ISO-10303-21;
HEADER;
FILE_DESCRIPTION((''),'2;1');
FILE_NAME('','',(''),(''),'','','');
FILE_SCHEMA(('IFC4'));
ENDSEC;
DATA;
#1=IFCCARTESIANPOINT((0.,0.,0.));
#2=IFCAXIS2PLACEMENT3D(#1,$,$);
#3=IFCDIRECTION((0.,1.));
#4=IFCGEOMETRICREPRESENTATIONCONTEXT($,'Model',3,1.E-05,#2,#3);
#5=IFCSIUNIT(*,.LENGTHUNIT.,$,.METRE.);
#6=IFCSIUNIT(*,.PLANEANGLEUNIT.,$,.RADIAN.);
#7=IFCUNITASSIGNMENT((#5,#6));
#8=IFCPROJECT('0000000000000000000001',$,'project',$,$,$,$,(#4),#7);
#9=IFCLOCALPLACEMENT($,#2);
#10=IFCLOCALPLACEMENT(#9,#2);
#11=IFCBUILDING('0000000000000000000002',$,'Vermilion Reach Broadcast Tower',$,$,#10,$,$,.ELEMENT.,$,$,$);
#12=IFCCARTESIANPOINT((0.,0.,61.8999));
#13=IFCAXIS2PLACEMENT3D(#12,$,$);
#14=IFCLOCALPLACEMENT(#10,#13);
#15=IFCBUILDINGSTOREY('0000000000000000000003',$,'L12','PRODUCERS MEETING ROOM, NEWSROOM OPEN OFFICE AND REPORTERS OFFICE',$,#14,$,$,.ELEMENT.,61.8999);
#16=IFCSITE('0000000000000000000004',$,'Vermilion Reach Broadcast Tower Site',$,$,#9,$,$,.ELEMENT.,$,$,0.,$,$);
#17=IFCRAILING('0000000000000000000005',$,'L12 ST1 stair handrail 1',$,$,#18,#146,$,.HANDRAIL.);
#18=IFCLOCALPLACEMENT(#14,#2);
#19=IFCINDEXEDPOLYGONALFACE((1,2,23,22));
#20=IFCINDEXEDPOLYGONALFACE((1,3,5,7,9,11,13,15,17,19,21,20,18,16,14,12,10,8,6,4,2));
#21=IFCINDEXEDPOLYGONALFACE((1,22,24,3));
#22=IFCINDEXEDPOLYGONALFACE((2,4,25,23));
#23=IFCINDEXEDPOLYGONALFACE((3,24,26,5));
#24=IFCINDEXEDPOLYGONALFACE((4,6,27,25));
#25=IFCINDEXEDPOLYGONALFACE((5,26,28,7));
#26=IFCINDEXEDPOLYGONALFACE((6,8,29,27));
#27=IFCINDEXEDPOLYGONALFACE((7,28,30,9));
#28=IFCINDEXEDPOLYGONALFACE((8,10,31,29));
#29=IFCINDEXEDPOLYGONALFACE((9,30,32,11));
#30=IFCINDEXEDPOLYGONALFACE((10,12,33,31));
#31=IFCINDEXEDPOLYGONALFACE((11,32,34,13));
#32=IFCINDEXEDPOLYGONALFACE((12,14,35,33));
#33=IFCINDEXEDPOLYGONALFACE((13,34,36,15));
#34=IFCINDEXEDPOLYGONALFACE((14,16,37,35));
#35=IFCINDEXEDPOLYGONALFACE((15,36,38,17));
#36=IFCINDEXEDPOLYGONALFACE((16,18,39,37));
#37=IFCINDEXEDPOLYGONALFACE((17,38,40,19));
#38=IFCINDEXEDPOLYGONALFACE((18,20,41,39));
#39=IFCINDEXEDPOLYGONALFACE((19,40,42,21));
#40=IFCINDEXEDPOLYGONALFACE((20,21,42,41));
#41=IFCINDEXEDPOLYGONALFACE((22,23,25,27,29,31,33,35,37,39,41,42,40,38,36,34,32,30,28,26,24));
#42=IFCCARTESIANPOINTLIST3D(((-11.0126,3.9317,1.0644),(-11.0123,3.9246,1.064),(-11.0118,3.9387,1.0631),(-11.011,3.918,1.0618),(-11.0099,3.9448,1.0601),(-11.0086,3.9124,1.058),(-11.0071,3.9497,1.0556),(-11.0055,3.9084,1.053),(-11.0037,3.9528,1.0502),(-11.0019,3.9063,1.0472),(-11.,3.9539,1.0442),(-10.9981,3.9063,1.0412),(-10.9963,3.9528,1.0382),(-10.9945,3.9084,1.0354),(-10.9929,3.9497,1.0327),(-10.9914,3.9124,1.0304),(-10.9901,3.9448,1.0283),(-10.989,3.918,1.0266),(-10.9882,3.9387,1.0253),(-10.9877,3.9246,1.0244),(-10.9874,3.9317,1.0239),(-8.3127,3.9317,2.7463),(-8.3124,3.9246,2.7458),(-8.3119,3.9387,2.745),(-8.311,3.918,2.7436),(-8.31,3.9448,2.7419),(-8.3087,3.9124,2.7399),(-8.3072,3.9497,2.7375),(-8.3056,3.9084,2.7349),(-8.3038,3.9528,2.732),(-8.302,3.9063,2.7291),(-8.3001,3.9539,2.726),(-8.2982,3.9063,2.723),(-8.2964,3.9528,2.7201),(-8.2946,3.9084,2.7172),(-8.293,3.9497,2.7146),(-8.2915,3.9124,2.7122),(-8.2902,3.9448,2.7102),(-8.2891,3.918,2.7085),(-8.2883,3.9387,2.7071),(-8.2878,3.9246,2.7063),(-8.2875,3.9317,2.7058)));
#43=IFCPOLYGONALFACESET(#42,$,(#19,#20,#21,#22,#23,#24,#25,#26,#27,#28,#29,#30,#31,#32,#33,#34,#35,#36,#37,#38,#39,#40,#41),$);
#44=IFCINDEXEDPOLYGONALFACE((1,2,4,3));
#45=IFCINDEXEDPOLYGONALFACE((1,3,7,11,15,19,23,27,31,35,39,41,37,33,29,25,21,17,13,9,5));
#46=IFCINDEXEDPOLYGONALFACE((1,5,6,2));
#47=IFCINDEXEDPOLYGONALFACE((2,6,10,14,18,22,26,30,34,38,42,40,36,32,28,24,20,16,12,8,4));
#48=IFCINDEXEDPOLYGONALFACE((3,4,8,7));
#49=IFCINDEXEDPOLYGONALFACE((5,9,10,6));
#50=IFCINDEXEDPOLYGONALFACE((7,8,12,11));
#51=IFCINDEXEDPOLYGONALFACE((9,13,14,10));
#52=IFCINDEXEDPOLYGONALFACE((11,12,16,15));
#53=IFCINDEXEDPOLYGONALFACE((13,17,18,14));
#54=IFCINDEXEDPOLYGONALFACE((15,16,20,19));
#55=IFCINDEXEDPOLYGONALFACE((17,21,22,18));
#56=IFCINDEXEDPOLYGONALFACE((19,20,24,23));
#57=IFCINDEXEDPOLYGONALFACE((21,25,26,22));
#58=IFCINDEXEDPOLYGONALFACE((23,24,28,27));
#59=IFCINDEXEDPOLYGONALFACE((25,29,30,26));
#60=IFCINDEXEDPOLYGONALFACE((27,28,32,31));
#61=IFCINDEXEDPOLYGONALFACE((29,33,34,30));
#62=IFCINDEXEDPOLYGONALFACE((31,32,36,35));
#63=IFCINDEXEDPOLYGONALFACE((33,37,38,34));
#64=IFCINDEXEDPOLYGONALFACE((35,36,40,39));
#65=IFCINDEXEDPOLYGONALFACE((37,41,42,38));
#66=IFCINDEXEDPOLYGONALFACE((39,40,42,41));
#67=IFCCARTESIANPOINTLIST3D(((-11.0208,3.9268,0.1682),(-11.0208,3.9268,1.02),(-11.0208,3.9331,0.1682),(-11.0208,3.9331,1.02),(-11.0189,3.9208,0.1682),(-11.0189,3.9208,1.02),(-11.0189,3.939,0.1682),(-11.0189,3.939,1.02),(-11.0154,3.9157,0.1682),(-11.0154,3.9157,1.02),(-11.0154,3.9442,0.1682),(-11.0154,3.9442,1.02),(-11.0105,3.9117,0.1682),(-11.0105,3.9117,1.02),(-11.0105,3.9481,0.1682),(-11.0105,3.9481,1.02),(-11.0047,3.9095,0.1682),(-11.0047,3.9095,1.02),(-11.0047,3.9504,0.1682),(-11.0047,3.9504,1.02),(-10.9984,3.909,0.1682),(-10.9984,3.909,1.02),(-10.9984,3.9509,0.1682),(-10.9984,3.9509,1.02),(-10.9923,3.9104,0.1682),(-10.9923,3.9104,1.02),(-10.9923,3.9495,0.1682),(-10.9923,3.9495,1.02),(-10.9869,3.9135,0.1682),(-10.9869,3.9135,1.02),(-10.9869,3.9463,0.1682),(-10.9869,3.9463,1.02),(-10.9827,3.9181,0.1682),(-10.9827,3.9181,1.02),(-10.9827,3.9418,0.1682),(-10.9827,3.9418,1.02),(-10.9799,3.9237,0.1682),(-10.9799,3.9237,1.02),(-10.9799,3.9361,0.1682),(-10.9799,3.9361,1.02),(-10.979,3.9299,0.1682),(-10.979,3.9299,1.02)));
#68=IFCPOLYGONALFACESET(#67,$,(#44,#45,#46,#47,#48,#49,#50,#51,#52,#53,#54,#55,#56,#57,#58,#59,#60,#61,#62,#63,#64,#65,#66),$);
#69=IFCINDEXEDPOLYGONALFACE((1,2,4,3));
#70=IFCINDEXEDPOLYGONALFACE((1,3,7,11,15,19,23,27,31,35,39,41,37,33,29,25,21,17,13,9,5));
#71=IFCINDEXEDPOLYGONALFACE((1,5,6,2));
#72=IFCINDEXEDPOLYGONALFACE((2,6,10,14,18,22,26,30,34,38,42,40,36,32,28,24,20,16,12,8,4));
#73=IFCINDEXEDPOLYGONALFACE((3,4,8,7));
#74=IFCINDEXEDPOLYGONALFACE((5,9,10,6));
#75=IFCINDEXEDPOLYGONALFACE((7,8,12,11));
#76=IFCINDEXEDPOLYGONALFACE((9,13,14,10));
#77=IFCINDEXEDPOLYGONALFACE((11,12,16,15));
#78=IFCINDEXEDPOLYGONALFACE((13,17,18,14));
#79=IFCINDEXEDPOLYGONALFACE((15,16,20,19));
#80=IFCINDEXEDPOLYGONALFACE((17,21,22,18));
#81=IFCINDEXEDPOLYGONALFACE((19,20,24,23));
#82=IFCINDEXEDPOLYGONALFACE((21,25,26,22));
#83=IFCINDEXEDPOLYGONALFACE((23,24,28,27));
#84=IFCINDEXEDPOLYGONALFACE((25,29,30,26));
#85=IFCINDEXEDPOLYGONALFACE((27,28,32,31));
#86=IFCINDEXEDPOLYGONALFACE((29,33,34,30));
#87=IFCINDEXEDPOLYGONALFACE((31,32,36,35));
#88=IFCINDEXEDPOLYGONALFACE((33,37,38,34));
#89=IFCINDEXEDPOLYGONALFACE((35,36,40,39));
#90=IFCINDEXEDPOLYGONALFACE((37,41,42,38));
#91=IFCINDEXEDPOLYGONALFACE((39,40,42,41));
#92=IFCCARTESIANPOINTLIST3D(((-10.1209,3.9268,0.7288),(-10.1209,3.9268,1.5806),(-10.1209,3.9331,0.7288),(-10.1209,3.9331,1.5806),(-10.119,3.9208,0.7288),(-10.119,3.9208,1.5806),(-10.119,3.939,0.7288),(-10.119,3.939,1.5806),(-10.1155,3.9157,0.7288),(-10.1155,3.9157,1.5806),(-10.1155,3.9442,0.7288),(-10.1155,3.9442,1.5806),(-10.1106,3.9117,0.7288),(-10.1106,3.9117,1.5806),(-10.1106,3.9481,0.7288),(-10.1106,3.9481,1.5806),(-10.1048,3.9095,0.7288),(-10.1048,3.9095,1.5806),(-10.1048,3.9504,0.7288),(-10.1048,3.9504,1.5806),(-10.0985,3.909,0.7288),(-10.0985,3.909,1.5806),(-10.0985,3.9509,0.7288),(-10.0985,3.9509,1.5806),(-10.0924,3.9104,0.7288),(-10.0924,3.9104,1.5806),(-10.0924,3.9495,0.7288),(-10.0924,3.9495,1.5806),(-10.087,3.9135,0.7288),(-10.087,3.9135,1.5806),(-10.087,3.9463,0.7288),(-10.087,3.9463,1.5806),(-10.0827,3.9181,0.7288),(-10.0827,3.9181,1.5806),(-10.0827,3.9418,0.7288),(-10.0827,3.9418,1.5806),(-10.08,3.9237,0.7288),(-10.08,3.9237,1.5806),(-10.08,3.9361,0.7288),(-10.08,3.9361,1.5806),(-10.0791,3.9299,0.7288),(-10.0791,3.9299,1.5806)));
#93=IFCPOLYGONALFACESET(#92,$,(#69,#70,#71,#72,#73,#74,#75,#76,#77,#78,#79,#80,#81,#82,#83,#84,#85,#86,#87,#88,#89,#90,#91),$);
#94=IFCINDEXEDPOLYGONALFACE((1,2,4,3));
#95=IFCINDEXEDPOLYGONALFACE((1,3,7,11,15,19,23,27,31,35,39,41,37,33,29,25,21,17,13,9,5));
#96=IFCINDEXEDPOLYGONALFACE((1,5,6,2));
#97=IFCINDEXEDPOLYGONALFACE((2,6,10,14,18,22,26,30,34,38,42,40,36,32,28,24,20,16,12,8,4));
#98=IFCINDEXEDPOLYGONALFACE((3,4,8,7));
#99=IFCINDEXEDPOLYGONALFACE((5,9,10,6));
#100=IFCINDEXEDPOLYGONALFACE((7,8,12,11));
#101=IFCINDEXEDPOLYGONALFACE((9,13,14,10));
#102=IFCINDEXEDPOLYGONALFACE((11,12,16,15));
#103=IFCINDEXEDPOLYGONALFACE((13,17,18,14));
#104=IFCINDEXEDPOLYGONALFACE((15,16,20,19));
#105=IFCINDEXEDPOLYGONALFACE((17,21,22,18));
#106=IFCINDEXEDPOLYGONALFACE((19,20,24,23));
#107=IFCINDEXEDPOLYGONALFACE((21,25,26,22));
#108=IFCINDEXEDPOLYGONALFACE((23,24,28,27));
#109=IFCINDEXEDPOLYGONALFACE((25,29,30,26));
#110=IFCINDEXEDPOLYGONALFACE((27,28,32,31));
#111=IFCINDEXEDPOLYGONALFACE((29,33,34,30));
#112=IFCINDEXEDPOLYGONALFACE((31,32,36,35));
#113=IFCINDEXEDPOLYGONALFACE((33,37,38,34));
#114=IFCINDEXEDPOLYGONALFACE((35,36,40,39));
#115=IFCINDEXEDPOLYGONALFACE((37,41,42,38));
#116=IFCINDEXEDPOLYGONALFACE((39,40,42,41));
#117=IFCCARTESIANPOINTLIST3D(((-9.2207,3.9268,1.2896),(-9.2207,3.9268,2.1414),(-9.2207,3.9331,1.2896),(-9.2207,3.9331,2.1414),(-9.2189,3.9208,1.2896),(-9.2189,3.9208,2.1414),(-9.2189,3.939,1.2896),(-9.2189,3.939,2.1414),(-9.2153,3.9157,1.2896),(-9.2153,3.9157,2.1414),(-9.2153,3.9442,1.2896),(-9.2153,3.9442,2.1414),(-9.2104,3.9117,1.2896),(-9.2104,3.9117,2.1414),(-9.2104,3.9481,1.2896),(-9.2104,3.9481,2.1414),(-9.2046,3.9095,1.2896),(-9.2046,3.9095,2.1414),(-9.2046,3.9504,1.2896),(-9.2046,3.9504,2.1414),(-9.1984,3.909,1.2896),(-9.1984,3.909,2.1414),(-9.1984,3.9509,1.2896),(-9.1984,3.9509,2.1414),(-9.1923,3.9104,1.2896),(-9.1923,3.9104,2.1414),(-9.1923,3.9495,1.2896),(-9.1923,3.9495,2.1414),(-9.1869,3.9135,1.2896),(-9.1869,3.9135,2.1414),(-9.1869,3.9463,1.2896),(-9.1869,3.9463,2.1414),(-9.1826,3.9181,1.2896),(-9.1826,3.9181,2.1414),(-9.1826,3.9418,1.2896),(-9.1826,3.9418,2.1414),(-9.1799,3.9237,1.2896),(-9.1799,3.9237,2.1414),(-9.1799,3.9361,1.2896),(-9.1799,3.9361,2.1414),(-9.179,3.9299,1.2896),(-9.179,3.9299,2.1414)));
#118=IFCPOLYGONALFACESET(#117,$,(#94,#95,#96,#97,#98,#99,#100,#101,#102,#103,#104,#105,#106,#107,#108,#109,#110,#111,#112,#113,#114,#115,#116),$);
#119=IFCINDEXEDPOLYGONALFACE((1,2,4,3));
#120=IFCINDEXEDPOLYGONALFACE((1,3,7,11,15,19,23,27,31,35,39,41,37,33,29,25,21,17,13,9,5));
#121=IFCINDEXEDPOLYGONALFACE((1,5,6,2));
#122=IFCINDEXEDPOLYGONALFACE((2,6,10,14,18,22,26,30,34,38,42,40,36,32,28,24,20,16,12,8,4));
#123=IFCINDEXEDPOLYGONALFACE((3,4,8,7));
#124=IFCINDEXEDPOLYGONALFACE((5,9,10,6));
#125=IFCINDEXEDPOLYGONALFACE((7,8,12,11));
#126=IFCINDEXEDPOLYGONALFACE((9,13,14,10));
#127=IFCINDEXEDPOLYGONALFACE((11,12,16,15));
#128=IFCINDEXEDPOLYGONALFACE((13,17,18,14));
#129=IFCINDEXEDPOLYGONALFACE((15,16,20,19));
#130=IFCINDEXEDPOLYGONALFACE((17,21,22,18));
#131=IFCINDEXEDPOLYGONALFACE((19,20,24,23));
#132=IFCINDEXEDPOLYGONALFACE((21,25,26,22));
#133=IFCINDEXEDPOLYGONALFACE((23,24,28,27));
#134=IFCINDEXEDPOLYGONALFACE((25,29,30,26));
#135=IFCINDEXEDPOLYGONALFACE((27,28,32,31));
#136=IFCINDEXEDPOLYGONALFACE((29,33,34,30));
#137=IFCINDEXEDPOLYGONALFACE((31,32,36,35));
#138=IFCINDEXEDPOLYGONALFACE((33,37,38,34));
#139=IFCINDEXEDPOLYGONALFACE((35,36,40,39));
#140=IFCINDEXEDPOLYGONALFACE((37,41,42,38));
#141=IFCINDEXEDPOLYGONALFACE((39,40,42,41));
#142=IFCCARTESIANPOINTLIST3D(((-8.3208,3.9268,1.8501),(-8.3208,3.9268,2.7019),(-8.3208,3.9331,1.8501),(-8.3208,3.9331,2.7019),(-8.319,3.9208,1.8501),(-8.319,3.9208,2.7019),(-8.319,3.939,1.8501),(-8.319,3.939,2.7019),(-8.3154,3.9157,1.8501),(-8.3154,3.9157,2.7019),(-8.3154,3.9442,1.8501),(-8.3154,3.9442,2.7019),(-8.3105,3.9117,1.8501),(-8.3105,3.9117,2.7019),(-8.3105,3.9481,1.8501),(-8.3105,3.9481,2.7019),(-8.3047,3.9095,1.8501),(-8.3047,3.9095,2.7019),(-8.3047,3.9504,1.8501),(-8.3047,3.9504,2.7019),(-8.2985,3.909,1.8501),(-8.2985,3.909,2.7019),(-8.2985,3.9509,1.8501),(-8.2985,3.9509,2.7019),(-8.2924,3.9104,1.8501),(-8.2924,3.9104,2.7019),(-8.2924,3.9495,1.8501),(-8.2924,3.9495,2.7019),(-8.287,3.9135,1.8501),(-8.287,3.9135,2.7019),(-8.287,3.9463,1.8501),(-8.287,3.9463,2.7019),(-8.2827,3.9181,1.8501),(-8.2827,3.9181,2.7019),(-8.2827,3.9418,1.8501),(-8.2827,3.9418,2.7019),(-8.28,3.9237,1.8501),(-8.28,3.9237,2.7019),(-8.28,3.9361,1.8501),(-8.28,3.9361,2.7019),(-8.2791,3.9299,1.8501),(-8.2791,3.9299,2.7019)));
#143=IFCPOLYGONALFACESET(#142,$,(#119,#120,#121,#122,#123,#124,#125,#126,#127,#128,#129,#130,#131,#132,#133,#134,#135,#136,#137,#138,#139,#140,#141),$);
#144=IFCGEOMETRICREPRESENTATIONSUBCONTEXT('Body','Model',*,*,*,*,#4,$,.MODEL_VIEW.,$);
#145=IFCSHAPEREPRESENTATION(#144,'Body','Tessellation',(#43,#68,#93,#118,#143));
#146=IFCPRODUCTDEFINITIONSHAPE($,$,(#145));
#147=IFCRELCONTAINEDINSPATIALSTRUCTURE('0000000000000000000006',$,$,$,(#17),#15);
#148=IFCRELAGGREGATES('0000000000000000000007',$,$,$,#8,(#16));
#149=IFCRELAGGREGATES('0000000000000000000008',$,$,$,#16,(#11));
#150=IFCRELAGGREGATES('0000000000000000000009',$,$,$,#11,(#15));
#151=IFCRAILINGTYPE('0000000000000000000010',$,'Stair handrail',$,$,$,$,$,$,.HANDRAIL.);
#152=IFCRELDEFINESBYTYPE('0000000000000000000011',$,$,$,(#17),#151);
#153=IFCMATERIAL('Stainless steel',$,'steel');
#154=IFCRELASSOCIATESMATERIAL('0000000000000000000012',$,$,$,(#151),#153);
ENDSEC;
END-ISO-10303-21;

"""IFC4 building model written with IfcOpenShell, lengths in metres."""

from ifc_helpers import new_model, si_unit, direction, frame, origin, origin_2d, place, context, subcontext, project, spatial, circle, extrude, material, type_object, element, save


model = new_model("IFC4")

# Units and contexts
model_context = context("Model", 3, precision=1e-05, world=origin(), true_north=direction((0.0, 1.0)))
body_context = subcontext(model_context, "Body", "Model", "MODEL_VIEW")
ifc_project = project(units=[si_unit("LENGTHUNIT", "METRE"), si_unit("PLANEANGLEUNIT", "RADIAN")], contexts=[model_context])

# Site, building, storey
site_placement = place(None, origin())
site = spatial("IfcSite", under=ifc_project, at=site_placement, Name="Vermilion Reach Broadcast Tower Site", CompositionType="ELEMENT", RefElevation=0.0)
building_placement = place(site_placement, origin())
building = spatial("IfcBuilding", under=site, at=building_placement, Name="Vermilion Reach Broadcast Tower", CompositionType="ELEMENT")
storey_placement = place(building_placement, frame((0.0, 0.0, 61.8999)))
storey = spatial("IfcBuildingStorey", under=building, at=storey_placement, Name="L12", Description="PRODUCERS MEETING ROOM, NEWSROOM OPEN OFFICE AND REPORTERS OFFICE", CompositionType="ELEMENT", Elevation=61.8999)

# Railing
ifc_material_1 = material(Name="Stainless steel", Category="steel")
railing_type_1 = type_object("IfcRailingType", Name="Stair handrail", PredefinedType="HANDRAIL", material=ifc_material_1)
railing_1_placement = place(storey_placement, frame((-11.0, 3.9299, 0.1682)))
element("IfcRailing", 1, at=railing_1_placement, inside=storey, type_object=railing_type_1, Name="L12 ST1 stair handrail 1", PredefinedType="HANDRAIL", context=body_context, shape_type="SweptSolid", body=[
    extrude(circle(Radius=0.0239, at=origin_2d()), frame((0.0, 0.0, 0.876), z_axis=(0.848786, 0.0, 0.528736), x_axis=(0.0, 1.0, 0.0)), (0.0, 0.0, 1.0), 3.1809),
    extrude(circle(Radius=0.021, at=origin_2d()), origin(), (0.0, 0.0, 1.0), 0.8518),
    extrude(circle(Radius=0.021, at=origin_2d()), frame((0.8999, 0.0, 0.5605)), (0.0, 0.0, 1.0), 0.8518),
    extrude(circle(Radius=0.021, at=origin_2d()), frame((1.8, 0.0, 1.1213)), (0.0, 0.0, 1.0), 0.8518),
    extrude(circle(Radius=0.021, at=origin_2d()), frame((2.7, 0.0, 1.6819)), (0.0, 0.0, 1.0), 0.8518),
])

save(model, "model.ifc")
